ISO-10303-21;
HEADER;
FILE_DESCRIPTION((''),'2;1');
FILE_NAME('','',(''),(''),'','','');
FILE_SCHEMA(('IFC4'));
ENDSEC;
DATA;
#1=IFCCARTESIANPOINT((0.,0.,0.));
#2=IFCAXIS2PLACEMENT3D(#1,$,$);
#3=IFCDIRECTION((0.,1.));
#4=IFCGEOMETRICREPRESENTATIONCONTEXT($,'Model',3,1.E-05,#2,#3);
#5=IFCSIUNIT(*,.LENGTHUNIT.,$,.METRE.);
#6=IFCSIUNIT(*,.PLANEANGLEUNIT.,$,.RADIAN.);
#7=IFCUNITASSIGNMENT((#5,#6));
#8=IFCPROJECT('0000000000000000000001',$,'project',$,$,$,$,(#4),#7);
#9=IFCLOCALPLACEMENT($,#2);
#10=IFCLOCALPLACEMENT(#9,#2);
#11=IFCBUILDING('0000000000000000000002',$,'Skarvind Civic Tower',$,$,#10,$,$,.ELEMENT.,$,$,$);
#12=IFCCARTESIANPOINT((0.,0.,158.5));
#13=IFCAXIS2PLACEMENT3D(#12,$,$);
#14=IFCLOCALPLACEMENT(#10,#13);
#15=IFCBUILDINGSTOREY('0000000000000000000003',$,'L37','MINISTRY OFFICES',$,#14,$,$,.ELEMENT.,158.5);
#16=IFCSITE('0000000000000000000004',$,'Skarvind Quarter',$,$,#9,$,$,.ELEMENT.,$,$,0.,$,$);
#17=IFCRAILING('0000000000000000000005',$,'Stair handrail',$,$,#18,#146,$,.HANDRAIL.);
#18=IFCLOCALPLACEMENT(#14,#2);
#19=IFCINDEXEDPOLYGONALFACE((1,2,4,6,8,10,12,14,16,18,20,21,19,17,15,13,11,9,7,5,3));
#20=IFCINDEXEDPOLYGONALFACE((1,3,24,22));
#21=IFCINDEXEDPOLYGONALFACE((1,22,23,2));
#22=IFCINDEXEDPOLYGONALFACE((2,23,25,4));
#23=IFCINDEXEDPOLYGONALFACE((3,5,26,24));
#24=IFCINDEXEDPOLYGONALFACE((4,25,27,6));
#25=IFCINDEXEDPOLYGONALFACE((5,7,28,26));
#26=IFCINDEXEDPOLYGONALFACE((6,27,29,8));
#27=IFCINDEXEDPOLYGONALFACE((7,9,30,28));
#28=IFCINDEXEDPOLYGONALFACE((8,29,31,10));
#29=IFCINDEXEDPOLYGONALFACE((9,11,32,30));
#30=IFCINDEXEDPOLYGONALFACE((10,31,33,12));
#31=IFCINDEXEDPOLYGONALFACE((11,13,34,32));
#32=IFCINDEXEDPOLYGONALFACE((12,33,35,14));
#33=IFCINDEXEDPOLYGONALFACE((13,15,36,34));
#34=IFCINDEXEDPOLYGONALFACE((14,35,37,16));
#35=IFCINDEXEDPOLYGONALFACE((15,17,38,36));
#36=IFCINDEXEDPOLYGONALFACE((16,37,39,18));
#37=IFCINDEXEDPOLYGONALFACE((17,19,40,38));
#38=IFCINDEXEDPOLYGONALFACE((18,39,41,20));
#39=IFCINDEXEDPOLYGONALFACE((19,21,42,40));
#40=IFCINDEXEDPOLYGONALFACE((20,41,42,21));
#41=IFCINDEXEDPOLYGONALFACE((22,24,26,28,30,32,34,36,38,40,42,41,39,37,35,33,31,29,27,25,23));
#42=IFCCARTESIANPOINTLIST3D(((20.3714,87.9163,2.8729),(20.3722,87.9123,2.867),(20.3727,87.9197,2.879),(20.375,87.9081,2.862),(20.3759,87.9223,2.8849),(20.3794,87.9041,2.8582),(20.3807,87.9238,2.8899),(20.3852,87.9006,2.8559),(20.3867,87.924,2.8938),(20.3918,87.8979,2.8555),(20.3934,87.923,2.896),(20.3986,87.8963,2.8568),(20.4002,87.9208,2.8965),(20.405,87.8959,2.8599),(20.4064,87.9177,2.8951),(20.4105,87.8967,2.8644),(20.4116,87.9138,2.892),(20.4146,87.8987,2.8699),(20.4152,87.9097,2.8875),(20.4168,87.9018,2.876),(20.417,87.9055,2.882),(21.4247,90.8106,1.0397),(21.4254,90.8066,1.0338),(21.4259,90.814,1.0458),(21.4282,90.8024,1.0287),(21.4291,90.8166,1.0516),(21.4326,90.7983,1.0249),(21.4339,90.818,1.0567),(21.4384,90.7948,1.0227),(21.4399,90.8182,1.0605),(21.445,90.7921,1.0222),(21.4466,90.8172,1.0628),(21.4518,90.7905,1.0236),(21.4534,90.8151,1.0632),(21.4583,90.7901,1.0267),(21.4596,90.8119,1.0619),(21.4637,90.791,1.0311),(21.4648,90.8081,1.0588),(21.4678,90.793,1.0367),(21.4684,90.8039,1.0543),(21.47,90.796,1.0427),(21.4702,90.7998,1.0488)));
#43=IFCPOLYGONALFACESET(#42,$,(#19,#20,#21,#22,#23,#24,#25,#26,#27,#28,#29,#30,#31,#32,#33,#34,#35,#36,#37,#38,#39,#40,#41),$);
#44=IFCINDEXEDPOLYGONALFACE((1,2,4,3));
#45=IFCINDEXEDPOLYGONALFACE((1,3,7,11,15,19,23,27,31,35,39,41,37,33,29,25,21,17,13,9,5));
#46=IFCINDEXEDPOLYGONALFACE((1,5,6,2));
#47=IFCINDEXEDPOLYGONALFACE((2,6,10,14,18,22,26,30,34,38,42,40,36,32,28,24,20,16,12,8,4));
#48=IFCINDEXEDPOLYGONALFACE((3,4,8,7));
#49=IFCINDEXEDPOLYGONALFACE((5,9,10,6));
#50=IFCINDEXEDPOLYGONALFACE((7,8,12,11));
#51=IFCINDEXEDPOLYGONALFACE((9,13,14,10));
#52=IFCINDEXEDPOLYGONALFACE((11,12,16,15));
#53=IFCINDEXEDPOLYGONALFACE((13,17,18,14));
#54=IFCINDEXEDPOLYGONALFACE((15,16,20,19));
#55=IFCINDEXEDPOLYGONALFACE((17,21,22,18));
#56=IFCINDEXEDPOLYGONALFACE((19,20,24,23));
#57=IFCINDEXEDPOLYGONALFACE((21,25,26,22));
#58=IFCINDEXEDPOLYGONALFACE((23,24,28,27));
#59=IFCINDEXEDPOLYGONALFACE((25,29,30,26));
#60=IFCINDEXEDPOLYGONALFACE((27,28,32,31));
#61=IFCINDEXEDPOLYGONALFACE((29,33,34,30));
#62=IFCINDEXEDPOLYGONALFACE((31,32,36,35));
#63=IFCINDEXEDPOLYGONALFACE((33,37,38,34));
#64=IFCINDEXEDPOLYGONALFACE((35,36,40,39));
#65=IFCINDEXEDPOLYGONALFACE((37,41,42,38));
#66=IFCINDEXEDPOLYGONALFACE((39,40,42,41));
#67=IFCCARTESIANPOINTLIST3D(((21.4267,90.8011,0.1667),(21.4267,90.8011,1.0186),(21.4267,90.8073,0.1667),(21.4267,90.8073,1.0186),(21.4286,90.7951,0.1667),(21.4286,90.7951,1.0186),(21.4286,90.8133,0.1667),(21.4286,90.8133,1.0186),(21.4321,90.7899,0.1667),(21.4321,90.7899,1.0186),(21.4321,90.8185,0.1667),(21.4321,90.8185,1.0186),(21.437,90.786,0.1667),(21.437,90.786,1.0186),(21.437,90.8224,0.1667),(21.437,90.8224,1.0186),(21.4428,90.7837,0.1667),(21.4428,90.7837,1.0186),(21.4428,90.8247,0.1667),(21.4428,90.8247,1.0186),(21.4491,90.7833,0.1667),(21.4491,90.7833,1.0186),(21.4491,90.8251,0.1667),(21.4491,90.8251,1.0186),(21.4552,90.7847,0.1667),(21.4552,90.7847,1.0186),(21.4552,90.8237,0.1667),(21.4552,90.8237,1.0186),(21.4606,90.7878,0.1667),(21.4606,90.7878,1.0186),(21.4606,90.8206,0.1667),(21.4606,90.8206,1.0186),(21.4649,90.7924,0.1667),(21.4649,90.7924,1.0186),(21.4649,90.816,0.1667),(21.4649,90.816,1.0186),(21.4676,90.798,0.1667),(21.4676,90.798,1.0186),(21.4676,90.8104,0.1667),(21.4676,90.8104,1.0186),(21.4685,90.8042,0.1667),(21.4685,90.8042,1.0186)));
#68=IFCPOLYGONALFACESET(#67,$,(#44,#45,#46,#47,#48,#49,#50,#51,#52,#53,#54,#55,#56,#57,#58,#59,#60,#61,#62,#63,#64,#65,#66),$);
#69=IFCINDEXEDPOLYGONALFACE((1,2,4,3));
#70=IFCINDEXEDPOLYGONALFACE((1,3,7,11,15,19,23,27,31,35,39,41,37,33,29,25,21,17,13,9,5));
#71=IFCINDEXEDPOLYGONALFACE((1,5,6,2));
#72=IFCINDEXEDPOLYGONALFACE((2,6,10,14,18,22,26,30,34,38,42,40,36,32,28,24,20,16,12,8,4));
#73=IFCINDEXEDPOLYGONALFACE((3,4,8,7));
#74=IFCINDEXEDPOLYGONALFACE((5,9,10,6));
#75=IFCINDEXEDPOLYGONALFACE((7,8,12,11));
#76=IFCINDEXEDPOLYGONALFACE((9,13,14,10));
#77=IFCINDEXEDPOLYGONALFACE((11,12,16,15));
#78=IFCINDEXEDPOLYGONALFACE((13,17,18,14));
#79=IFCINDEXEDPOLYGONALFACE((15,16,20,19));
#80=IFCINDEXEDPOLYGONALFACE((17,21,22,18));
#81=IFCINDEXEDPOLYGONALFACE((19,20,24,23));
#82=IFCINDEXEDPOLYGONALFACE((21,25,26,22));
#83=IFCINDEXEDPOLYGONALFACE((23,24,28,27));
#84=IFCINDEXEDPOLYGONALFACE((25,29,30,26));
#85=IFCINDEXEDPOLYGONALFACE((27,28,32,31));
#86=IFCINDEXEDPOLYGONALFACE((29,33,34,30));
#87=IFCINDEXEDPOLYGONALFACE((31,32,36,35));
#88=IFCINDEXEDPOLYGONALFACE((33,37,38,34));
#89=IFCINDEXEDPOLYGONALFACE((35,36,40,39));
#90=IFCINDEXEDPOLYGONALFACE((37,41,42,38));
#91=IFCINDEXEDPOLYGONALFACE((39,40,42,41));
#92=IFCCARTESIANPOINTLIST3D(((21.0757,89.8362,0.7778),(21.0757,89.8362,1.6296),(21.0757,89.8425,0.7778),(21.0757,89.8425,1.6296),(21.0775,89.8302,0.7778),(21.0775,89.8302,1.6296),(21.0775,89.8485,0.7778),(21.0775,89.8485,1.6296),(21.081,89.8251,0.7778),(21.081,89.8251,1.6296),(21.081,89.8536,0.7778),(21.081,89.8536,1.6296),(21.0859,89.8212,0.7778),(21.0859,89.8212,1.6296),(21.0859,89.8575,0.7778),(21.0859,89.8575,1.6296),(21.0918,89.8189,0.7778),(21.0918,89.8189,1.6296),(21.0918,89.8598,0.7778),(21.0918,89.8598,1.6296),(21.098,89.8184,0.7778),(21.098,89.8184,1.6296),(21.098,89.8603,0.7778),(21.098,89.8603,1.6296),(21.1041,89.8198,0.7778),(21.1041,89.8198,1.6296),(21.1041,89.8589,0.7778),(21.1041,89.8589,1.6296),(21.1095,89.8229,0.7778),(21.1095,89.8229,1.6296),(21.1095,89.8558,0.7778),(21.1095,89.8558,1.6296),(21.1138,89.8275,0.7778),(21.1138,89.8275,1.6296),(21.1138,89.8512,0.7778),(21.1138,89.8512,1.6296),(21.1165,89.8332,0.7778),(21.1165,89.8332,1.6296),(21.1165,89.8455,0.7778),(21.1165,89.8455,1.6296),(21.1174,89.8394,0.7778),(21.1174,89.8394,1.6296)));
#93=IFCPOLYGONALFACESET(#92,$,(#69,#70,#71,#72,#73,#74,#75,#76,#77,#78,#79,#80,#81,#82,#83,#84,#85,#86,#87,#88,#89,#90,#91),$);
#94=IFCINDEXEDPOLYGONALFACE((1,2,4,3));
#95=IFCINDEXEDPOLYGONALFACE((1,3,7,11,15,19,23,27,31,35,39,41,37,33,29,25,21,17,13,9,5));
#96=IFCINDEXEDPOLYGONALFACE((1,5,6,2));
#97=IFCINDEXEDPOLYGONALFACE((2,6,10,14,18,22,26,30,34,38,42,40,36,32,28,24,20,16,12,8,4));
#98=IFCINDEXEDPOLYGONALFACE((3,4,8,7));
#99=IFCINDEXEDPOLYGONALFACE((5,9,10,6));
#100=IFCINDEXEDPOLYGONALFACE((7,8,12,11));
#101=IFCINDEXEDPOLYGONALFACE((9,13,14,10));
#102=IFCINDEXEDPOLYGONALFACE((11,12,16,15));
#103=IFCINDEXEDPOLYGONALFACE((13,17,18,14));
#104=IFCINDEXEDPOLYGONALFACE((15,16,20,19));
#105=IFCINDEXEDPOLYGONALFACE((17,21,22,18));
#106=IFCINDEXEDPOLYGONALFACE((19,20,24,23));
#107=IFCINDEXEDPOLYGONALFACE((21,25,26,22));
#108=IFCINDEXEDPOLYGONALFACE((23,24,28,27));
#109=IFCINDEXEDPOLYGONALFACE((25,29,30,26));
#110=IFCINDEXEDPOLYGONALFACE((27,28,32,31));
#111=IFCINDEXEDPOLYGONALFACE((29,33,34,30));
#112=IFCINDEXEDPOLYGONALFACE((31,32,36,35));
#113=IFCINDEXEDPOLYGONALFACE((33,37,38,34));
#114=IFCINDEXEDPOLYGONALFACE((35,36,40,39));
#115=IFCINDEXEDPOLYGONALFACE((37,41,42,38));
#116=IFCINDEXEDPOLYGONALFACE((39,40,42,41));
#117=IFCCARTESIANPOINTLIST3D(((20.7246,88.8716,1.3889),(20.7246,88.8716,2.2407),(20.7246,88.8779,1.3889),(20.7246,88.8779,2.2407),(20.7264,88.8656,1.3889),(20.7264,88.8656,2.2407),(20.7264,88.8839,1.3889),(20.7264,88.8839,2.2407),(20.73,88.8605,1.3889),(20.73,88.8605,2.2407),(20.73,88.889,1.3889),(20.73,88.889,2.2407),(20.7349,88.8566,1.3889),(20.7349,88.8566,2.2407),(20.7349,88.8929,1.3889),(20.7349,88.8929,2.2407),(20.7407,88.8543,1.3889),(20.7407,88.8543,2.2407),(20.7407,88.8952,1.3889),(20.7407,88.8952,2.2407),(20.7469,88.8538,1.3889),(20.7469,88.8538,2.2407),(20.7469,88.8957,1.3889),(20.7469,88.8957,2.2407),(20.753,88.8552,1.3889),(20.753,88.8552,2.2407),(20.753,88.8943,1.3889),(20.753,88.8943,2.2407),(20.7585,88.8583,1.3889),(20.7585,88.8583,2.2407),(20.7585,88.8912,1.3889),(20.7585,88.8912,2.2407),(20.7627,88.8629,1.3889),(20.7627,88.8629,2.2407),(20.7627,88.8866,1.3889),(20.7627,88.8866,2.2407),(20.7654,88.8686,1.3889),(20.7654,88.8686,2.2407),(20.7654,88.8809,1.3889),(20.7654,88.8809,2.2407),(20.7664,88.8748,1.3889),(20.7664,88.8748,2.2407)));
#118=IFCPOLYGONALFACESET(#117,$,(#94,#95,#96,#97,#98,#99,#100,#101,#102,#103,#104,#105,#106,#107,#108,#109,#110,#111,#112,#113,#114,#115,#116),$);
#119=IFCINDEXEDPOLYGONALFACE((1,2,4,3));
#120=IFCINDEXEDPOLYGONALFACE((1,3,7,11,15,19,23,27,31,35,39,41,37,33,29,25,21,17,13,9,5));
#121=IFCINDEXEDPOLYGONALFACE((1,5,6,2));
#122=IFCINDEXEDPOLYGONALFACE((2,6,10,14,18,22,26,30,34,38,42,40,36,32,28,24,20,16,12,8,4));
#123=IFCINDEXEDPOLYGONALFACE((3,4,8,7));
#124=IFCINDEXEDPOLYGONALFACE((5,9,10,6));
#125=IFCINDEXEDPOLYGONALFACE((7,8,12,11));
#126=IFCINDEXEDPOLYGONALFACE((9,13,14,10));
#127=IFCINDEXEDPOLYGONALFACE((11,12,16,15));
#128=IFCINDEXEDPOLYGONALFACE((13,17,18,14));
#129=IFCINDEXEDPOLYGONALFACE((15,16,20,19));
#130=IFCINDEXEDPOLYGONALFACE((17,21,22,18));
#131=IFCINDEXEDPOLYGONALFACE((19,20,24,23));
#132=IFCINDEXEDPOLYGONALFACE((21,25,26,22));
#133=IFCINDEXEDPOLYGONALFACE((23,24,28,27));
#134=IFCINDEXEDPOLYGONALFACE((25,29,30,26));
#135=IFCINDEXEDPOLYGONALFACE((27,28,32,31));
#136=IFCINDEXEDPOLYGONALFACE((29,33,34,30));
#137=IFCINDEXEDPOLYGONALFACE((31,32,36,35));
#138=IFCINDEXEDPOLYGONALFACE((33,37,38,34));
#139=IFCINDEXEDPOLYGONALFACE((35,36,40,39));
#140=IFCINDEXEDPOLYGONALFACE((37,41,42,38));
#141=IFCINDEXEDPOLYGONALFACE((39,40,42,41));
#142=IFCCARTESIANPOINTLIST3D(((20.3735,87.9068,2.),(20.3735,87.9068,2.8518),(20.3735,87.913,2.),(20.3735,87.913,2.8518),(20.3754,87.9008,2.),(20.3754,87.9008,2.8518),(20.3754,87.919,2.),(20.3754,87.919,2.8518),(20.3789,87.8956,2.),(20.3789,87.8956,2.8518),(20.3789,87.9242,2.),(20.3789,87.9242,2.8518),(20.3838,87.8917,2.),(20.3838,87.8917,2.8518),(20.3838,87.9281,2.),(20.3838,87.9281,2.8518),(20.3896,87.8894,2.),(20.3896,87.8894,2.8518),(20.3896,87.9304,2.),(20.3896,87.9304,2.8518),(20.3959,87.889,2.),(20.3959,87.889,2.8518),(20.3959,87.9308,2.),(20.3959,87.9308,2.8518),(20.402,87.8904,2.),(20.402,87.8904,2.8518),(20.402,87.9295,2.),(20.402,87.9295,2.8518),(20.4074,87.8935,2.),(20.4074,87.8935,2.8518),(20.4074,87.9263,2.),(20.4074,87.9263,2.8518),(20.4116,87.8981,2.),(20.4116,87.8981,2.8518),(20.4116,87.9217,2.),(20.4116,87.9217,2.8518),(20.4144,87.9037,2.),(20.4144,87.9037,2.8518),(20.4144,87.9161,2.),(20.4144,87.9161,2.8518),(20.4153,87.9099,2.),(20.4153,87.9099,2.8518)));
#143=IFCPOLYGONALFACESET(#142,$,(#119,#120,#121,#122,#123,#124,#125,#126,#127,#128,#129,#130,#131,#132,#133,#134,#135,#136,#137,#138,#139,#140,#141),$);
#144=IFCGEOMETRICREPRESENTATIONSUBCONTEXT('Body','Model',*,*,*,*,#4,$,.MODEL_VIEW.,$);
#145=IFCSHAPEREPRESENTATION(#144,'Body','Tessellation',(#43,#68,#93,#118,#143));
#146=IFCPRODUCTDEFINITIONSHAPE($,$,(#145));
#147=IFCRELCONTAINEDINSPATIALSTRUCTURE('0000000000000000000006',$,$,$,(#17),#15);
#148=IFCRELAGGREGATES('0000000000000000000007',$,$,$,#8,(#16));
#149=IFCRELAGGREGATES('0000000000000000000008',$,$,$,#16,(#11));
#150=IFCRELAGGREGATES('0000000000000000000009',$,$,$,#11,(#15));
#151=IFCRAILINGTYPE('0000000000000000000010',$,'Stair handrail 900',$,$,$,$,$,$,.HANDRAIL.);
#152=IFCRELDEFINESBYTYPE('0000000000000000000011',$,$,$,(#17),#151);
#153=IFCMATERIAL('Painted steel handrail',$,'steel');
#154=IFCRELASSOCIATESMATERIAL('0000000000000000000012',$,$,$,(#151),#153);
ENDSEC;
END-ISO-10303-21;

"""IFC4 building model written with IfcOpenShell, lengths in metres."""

from ifc_helpers import new_model, si_unit, direction, frame, origin, origin_2d, place, context, subcontext, project, spatial, circle, extrude, material, type_object, element, save


model = new_model("IFC4")

# Units and contexts
model_context = context("Model", 3, precision=1e-05, world=origin(), true_north=direction((0.0, 1.0)))
body_context = subcontext(model_context, "Body", "Model", "MODEL_VIEW")
ifc_project = project(units=[si_unit("LENGTHUNIT", "METRE"), si_unit("PLANEANGLEUNIT", "RADIAN")], contexts=[model_context])

# Site, building, storey
site_placement = place(None, origin())
site = spatial("IfcSite", under=ifc_project, at=site_placement, Name="Skarvind Quarter", CompositionType="ELEMENT", RefElevation=0.0)
building_placement = place(site_placement, origin())
building = spatial("IfcBuilding", under=site, at=building_placement, Name="Skarvind Civic Tower", CompositionType="ELEMENT")
storey_placement = place(building_placement, frame((0.0, 0.0, 158.5)))
storey = spatial("IfcBuildingStorey", under=building, at=storey_placement, Name="L37", Description="MINISTRY OFFICES", CompositionType="ELEMENT", Elevation=158.5)

# Railing
ifc_material_1 = material(Name="Painted steel handrail", Category="steel")
railing_type = type_object("IfcRailingType", Name="Stair handrail 900", PredefinedType="HANDRAIL", material=ifc_material_1)
railing_1_placement = place(storey_placement, frame((21.4475, 90.8042, 0.1667)))
element("IfcRailing", 1, at=railing_1_placement, inside=storey, type_object=railing_type, Name="Stair handrail", PredefinedType="HANDRAIL", context=body_context, shape_type="SweptSolid", body=[
    extrude(circle(Radius=0.0239, at=origin_2d()), frame((0.0, 0.0, 0.876), z_axis=(-0.293846, -0.807497, 0.511472), x_axis=(0.939715, -0.341959, 0.0)), (0.0, 0.0, 1.0), 3.5842),
    extrude(circle(Radius=0.021, at=origin_2d()), origin(), (0.0, 0.0, 1.0), 0.8518),
    extrude(circle(Radius=0.021, at=origin_2d()), frame((-0.3511, -0.9648, 0.6111)), (0.0, 0.0, 1.0), 0.8518),
    extrude(circle(Radius=0.021, at=origin_2d()), frame((-0.7021, -1.9294, 1.2222)), (0.0, 0.0, 1.0), 0.8518),
    extrude(circle(Radius=0.021, at=origin_2d()), frame((-1.0532, -2.8943, 1.8333)), (0.0, 0.0, 1.0), 0.8518),
])

save(model, "model.ifc")
